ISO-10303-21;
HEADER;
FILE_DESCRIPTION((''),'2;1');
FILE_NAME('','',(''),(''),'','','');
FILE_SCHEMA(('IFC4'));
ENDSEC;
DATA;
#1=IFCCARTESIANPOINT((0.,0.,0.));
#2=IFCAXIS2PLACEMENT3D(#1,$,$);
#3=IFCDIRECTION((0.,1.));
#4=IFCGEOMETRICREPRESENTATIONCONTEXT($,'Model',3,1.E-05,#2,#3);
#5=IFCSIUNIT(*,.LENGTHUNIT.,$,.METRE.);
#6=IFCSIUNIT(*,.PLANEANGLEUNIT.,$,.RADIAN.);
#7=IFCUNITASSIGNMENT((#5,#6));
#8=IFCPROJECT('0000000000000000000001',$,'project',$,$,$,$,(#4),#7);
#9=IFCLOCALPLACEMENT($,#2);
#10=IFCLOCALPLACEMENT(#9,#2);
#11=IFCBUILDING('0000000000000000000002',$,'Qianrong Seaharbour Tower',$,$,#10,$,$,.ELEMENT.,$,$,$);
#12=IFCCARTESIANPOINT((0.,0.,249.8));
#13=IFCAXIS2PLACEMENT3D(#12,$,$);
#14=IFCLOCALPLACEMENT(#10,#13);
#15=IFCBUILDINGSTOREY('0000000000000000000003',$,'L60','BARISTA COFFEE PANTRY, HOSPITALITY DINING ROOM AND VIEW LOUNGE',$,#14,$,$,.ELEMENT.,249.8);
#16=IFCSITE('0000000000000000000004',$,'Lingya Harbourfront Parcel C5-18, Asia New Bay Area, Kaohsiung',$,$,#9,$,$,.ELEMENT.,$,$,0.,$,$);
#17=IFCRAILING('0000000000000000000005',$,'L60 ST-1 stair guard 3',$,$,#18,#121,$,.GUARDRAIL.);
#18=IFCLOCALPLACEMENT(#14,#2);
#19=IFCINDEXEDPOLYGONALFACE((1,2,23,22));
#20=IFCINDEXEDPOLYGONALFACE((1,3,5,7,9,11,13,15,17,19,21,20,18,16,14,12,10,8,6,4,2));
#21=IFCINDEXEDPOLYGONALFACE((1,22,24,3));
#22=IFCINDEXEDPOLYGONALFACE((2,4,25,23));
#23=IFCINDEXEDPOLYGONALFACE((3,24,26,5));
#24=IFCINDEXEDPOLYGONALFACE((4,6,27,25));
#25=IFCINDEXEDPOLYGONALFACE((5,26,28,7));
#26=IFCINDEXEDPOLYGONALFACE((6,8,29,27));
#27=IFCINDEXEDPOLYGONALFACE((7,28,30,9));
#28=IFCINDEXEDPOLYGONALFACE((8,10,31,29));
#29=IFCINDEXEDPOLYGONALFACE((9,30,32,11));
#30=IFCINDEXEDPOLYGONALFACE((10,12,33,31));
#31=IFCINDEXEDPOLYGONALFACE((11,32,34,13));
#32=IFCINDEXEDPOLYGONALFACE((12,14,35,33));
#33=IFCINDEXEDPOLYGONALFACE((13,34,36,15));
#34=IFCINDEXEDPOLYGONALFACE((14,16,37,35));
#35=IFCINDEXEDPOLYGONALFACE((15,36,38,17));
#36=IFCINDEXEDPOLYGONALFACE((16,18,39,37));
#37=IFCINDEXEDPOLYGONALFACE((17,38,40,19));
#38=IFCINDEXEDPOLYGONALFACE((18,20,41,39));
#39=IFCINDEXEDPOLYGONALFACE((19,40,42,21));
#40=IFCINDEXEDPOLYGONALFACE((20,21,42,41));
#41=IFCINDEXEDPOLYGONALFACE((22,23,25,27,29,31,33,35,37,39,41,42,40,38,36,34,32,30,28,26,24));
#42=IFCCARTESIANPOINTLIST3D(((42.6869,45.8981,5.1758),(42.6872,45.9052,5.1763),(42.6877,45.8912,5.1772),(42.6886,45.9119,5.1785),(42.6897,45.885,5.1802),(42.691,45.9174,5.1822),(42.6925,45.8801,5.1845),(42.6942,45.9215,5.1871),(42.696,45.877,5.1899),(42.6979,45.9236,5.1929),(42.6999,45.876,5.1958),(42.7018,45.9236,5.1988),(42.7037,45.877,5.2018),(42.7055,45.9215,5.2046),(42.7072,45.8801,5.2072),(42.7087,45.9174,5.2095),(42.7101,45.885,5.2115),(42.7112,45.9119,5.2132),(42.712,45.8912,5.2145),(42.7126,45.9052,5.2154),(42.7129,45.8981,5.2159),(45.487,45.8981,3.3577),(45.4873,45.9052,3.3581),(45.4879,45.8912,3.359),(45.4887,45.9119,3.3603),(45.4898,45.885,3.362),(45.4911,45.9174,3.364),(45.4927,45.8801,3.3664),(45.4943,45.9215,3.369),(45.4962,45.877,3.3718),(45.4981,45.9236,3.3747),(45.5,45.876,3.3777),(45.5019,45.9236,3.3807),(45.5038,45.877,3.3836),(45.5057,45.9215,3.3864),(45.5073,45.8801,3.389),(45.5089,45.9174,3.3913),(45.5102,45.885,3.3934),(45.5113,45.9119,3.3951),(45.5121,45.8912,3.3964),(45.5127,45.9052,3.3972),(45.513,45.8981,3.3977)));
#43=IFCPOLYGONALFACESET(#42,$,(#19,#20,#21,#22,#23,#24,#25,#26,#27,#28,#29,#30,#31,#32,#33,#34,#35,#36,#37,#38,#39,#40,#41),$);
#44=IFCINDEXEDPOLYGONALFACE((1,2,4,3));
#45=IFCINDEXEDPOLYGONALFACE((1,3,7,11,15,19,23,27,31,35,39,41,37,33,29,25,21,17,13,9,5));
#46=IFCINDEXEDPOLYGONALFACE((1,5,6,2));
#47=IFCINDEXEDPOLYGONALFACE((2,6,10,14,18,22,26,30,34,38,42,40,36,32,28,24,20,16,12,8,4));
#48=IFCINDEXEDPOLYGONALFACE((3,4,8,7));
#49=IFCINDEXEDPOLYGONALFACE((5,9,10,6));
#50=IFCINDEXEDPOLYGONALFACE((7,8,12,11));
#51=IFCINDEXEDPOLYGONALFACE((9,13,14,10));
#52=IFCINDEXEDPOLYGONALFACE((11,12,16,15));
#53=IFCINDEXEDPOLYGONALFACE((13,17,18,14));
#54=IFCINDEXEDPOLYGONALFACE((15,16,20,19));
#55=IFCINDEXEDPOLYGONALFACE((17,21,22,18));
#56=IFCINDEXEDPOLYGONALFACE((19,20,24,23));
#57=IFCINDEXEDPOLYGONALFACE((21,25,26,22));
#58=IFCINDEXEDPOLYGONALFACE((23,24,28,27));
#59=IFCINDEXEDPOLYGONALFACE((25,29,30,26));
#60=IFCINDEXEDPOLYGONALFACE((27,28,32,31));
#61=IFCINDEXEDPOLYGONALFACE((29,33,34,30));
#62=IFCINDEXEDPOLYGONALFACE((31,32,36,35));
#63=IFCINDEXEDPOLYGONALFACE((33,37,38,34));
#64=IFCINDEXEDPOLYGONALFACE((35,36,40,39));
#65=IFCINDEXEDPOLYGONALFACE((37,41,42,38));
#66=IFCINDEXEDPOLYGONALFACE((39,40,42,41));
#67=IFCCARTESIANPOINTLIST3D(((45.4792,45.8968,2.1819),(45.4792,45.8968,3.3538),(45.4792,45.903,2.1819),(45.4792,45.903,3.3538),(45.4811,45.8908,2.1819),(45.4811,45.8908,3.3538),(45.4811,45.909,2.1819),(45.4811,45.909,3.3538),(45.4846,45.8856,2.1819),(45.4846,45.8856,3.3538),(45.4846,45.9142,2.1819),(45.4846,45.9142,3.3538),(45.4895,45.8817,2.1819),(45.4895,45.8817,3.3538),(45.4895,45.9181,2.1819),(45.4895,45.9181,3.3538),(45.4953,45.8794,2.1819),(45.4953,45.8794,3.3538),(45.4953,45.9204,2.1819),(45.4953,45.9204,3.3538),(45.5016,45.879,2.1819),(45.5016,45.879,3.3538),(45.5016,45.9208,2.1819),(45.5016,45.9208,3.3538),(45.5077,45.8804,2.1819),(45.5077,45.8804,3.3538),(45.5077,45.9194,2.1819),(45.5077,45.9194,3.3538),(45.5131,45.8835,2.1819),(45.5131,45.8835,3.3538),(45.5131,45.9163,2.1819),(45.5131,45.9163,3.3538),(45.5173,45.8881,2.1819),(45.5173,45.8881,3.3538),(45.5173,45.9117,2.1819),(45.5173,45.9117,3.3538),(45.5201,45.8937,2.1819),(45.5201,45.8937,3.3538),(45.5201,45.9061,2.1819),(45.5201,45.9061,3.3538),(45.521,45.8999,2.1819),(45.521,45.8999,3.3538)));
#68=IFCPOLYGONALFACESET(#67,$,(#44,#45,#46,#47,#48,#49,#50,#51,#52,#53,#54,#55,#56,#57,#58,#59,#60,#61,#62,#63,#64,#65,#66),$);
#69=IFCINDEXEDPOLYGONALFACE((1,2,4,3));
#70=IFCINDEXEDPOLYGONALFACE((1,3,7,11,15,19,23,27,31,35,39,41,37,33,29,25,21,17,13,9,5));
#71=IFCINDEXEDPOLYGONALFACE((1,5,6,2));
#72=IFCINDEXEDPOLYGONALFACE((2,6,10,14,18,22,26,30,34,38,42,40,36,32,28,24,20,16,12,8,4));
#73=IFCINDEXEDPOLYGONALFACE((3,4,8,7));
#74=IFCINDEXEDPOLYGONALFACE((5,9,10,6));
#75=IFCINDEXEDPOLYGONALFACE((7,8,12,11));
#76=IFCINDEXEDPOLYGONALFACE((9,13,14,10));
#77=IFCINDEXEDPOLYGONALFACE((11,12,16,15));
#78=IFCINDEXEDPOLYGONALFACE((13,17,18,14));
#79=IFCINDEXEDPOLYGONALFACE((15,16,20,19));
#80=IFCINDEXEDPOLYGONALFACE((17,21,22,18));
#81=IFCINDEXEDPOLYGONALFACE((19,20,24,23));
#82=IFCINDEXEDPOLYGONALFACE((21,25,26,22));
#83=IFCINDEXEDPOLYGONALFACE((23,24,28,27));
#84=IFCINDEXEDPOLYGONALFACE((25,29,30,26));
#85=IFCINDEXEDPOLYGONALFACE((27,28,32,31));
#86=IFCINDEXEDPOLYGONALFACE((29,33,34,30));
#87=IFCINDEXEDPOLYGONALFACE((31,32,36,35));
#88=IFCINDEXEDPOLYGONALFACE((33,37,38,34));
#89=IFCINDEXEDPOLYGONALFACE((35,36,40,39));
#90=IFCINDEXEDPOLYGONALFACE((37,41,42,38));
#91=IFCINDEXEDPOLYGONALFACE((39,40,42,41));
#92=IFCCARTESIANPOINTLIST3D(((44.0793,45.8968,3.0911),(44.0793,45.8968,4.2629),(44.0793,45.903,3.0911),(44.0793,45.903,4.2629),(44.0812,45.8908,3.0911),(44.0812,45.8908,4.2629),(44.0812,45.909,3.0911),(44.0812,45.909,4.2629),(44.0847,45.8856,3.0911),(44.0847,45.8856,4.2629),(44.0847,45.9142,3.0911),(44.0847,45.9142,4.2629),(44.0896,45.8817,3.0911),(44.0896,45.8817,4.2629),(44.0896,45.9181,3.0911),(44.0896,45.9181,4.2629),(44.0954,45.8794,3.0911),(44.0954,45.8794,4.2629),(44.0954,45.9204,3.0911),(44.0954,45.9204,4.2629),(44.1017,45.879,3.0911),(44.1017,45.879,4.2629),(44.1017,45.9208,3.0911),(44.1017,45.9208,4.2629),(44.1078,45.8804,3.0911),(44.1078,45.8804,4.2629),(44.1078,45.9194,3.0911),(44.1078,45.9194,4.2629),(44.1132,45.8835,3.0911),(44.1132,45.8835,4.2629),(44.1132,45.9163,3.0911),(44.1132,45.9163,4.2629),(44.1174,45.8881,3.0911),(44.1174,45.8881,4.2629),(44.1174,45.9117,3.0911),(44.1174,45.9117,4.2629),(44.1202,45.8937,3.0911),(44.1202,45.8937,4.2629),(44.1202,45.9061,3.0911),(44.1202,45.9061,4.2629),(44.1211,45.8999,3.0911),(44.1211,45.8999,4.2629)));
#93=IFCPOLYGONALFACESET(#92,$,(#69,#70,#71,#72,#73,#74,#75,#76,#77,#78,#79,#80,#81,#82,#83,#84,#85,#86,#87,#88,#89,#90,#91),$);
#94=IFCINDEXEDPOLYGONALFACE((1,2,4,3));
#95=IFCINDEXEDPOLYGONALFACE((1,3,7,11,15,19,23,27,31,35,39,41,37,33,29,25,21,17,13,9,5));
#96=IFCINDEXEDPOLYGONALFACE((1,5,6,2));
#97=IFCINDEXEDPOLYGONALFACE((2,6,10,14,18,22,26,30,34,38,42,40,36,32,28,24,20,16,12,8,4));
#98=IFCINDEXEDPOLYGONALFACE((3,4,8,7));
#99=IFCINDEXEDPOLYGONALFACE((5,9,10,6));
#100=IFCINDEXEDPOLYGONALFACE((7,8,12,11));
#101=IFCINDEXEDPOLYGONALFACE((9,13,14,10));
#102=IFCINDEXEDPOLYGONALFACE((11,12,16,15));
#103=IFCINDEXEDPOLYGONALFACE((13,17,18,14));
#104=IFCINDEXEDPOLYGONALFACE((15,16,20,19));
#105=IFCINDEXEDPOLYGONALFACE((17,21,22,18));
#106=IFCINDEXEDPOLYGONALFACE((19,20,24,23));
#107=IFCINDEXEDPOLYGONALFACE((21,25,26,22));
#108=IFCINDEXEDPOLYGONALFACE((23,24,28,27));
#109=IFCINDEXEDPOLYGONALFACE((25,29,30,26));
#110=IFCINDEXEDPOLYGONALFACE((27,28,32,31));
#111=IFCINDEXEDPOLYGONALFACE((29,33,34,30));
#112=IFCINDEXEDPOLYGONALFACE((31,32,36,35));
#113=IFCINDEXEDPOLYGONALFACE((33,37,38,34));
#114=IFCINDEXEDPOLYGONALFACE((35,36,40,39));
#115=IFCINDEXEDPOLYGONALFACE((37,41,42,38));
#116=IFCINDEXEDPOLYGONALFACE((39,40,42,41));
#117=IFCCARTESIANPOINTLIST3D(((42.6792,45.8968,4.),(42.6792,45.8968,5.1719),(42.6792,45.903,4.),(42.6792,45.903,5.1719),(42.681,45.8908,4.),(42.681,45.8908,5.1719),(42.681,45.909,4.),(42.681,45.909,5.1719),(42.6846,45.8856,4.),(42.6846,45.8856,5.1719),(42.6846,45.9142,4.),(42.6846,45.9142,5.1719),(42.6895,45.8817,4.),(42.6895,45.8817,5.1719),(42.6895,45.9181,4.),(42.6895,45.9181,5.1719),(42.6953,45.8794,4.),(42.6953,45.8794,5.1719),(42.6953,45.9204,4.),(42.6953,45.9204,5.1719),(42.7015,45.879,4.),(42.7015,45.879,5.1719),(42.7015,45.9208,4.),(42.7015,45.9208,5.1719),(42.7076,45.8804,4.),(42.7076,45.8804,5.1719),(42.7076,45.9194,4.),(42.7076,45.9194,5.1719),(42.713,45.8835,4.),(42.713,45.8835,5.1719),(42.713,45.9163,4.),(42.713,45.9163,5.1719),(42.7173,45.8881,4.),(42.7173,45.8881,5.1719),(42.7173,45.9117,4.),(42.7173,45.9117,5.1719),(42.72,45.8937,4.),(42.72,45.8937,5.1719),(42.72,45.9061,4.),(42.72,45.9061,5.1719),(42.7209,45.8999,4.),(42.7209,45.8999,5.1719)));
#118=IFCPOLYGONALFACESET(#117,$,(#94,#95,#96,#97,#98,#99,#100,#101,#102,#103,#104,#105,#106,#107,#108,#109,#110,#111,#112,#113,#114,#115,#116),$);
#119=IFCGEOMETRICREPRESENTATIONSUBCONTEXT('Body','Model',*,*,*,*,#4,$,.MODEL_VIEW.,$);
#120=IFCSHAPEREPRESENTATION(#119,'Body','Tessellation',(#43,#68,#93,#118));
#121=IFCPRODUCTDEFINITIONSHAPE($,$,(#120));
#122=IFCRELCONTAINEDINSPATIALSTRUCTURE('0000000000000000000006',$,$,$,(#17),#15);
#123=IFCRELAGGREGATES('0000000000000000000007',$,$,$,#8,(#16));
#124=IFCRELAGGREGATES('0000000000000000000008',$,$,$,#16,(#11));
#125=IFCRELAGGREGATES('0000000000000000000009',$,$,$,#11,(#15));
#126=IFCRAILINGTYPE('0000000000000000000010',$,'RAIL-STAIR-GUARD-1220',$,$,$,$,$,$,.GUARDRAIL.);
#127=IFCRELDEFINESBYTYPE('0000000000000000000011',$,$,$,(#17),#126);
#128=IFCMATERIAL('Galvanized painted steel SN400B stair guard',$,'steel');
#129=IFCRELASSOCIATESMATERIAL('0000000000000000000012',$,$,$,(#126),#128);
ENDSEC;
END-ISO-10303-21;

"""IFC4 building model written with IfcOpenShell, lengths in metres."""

from ifc_helpers import new_model, si_unit, direction, frame, origin, origin_2d, place, context, subcontext, project, spatial, circle, extrude, material, type_object, element, save


model = new_model("IFC4")

# Units and contexts
model_context = context("Model", 3, precision=1e-05, world=origin(), true_north=direction((0.0, 1.0)))
body_context = subcontext(model_context, "Body", "Model", "MODEL_VIEW")
ifc_project = project(units=[si_unit("LENGTHUNIT", "METRE"), si_unit("PLANEANGLEUNIT", "RADIAN")], contexts=[model_context])

# Site, building, storey
site_placement = place(None, origin())
site = spatial("IfcSite", under=ifc_project, at=site_placement, Name="Lingya Harbourfront Parcel C5-18, Asia New Bay Area, Kaohsiung", CompositionType="ELEMENT", RefElevation=0.0)
building_placement = place(site_placement, origin())
building = spatial("IfcBuilding", under=site, at=building_placement, Name="Qianrong Seaharbour Tower", CompositionType="ELEMENT")
storey_placement = place(building_placement, frame((0.0, 0.0, 249.8)))
storey = spatial("IfcBuildingStorey", under=building, at=storey_placement, Name="L60", Description="BARISTA COFFEE PANTRY, HOSPITALITY DINING ROOM AND VIEW LOUNGE", CompositionType="ELEMENT", Elevation=249.8)

# Railing
ifc_material_1 = material(Name="Galvanized painted steel SN400B stair guard", Category="steel")
railing_type_1 = type_object("IfcRailingType", Name="RAIL-STAIR-GUARD-1220", PredefinedType="GUARDRAIL", material=ifc_material_1)
railing_1_placement = place(storey_placement, frame((45.5, 45.8999, 2.1819)))
element("IfcRailing", 1, at=railing_1_placement, inside=storey, type_object=railing_type_1, Name="L60 ST-1 stair guard 3", PredefinedType="GUARDRAIL", context=body_context, shape_type="SweptSolid", body=[
    extrude(circle(Radius=0.0239, at=origin_2d()), frame((0.0, 0.0, 1.1958), z_axis=(-0.838706, 0.0, 0.544585), x_axis=(0.0, -1.0, 0.0)), (0.0, 0.0, 1.0), 3.3386),
    extrude(circle(Radius=0.021, at=origin_2d()), origin(), (0.0, 0.0, 1.0), 1.1719),
    extrude(circle(Radius=0.021, at=origin_2d()), frame((-1.3999, 0.0, 0.9092)), (0.0, 0.0, 1.0), 1.1719),
    extrude(circle(Radius=0.021, at=origin_2d()), frame((-2.8, 0.0, 1.8181)), (0.0, 0.0, 1.0), 1.1719),
])

save(model, "model.ifc")
